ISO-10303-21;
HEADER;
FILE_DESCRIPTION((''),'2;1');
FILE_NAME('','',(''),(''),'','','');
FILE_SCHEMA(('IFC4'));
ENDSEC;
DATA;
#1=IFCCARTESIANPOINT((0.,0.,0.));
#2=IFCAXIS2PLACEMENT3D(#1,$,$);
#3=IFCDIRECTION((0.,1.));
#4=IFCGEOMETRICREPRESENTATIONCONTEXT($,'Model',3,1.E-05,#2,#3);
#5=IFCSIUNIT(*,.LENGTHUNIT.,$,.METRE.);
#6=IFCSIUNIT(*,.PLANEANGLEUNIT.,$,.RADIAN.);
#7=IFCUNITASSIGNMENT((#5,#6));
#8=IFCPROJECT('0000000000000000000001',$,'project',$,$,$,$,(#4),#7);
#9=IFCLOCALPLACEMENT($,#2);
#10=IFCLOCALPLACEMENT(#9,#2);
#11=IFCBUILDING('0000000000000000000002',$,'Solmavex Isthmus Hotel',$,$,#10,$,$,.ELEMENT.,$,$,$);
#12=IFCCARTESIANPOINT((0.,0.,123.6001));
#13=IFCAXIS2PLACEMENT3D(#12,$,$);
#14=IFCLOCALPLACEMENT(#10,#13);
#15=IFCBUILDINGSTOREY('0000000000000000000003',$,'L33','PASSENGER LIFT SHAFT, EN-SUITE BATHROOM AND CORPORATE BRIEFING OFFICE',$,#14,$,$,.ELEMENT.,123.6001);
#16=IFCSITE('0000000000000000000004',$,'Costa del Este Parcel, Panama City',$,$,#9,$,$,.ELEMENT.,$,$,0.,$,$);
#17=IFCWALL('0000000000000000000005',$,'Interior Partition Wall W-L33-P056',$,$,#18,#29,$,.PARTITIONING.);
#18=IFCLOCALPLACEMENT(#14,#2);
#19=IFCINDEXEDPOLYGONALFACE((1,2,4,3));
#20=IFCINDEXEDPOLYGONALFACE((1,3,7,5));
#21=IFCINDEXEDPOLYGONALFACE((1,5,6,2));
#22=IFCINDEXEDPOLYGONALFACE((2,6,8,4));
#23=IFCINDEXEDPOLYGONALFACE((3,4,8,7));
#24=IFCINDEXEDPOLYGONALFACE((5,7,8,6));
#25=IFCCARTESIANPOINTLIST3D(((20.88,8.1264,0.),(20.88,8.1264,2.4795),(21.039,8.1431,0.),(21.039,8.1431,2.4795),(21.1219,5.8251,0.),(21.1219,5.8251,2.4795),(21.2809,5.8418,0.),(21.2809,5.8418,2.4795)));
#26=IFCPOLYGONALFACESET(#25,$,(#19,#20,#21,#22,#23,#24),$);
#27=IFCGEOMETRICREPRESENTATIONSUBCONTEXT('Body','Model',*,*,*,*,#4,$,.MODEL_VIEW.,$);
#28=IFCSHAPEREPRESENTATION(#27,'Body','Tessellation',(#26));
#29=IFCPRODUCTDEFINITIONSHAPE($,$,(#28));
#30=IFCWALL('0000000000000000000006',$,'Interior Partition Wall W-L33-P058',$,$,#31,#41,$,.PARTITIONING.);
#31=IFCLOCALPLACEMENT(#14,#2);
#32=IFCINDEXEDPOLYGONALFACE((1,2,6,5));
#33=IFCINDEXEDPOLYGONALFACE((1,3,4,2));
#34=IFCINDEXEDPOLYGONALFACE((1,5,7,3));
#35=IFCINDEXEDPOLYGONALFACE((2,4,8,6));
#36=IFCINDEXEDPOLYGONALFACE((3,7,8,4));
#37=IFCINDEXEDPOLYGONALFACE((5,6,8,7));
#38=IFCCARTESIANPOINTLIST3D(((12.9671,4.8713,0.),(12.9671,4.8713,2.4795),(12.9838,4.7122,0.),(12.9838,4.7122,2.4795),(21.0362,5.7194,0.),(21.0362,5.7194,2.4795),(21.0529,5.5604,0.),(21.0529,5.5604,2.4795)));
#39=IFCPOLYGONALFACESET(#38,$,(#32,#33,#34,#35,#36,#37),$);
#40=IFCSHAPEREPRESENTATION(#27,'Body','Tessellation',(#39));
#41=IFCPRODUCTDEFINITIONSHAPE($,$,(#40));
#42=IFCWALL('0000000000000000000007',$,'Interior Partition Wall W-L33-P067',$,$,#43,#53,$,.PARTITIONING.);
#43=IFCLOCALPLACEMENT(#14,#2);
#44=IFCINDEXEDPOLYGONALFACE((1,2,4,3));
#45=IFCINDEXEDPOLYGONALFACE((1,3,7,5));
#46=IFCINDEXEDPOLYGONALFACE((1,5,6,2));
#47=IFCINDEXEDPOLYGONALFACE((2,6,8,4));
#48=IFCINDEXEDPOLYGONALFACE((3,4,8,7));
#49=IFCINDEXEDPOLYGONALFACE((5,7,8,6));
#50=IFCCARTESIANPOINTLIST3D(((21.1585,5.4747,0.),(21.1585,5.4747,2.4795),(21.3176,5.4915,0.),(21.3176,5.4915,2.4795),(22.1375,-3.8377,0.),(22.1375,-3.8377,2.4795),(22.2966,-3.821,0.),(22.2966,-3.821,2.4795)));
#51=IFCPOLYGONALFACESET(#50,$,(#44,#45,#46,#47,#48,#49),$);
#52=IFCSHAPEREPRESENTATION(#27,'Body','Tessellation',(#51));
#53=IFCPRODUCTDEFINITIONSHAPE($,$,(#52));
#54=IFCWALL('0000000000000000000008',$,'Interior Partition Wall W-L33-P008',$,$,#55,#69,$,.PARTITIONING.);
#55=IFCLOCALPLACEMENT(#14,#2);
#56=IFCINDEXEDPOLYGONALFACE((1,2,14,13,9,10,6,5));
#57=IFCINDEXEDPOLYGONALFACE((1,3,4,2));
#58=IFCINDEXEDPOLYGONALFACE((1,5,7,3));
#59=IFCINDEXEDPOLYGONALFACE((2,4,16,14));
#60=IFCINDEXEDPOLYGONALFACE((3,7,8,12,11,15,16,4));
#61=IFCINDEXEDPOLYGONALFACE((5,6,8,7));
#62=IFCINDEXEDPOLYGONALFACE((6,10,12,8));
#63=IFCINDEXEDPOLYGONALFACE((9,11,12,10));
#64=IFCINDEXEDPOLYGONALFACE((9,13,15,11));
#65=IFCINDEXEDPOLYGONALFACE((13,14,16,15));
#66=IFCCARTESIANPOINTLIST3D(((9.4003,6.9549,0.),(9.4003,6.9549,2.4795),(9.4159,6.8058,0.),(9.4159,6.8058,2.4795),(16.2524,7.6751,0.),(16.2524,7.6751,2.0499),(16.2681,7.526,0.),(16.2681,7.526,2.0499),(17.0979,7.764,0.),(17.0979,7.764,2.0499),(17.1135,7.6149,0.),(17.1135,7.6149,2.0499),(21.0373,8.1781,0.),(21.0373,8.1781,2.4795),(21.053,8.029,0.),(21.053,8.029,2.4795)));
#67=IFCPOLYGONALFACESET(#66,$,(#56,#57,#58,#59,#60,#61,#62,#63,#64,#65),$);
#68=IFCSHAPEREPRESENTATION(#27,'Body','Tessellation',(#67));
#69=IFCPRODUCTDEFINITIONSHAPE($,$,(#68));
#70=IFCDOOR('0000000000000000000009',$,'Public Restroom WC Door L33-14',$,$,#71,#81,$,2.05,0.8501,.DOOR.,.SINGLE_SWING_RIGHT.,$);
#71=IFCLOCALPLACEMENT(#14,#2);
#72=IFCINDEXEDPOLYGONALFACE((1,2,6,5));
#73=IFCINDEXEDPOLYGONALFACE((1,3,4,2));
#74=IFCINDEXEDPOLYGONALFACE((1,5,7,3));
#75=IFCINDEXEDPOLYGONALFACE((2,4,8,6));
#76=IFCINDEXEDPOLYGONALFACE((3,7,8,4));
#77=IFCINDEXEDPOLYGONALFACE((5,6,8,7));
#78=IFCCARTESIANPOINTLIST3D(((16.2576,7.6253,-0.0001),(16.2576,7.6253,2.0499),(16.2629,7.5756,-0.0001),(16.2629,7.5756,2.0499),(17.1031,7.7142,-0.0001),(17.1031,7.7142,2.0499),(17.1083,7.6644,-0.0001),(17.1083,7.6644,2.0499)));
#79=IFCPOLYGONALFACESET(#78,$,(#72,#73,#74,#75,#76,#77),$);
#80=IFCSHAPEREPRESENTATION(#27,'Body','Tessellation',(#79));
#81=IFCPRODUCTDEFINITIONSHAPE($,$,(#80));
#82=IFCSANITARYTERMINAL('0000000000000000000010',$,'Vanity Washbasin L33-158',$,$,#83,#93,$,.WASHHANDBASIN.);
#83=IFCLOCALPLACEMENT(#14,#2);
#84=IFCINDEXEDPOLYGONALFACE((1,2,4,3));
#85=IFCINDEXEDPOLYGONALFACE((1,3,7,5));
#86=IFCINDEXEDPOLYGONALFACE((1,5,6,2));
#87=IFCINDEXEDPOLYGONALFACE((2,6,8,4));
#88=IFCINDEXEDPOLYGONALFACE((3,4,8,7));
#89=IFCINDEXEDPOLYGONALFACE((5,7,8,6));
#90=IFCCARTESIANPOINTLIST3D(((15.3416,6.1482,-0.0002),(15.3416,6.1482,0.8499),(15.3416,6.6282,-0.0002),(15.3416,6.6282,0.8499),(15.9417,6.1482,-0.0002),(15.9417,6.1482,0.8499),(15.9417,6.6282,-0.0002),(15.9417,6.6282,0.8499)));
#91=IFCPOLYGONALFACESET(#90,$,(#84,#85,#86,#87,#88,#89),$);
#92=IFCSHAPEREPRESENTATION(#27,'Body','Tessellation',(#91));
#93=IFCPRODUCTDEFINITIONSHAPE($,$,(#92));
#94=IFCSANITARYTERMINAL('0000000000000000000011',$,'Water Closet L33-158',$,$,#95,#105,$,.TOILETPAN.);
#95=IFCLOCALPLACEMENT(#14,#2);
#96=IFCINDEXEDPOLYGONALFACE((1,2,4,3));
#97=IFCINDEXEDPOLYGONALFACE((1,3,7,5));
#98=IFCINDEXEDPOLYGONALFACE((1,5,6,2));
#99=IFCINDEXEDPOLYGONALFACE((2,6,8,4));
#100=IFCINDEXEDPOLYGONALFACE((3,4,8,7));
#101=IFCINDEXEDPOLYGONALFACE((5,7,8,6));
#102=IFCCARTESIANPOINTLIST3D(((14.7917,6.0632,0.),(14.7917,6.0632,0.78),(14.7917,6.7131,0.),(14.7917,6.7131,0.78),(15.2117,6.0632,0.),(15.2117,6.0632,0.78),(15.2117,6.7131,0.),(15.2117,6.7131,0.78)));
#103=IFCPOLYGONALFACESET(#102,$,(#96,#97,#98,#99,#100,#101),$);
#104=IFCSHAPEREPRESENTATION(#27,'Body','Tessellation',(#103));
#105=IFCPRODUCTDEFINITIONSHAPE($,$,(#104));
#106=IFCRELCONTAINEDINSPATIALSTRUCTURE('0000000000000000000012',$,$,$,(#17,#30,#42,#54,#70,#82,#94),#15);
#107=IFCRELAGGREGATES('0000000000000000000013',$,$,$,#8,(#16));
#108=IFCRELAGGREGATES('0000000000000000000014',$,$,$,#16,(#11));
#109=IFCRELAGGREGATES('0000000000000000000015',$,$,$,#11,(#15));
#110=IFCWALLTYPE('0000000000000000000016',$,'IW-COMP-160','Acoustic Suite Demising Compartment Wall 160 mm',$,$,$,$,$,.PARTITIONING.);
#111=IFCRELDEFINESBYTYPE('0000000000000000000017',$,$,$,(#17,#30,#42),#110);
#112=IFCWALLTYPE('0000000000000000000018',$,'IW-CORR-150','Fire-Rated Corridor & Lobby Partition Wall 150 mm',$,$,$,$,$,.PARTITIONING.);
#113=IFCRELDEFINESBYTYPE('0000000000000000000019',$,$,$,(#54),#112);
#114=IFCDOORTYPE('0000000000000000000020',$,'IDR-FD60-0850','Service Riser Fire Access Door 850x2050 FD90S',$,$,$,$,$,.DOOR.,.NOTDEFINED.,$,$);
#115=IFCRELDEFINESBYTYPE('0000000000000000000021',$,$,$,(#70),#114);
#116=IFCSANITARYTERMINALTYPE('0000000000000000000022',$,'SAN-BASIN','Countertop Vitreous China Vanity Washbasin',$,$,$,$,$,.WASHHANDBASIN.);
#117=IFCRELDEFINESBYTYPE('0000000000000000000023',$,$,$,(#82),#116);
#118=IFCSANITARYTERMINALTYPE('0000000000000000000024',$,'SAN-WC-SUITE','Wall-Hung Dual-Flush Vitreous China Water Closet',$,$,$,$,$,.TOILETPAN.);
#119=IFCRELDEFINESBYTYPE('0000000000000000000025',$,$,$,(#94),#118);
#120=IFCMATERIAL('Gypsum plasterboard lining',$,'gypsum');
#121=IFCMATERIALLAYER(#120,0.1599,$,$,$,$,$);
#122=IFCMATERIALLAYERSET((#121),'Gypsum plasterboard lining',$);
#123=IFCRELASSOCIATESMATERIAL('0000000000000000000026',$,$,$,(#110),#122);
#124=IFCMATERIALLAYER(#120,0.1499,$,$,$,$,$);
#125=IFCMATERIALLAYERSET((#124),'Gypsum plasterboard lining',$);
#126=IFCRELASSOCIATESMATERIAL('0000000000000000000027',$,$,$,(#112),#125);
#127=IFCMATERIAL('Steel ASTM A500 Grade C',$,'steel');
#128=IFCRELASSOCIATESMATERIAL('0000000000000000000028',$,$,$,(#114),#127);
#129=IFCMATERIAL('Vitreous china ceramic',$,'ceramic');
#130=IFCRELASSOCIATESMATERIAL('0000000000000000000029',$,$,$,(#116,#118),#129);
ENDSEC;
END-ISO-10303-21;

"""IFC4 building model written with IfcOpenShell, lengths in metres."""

from ifc_helpers import new_model, si_unit, direction, frame, frame_2d, origin, origin_2d, place, context, subcontext, project, spatial, rectangle, extrude, material, layer, layer_set, type_object, element, fill, save


model = new_model("IFC4")

# Units and contexts
model_context = context("Model", 3, precision=1e-05, world=origin(), true_north=direction((0.0, 1.0)))
body_context = subcontext(model_context, "Body", "Model", "MODEL_VIEW")
ifc_project = project(units=[si_unit("LENGTHUNIT", "METRE"), si_unit("PLANEANGLEUNIT", "RADIAN")], contexts=[model_context])

# Site, building, storey
site_placement = place(None, origin())
site = spatial("IfcSite", under=ifc_project, at=site_placement, Name="Costa del Este Parcel, Panama City", CompositionType="ELEMENT", RefElevation=0.0)
building_placement = place(site_placement, origin())
building = spatial("IfcBuilding", under=site, at=building_placement, Name="Solmavex Isthmus Hotel", CompositionType="ELEMENT")
storey_placement = place(building_placement, frame((0.0, 0.0, 123.6001)))
storey = spatial("IfcBuildingStorey", under=building, at=storey_placement, Name="L33", Description="PASSENGER LIFT SHAFT, EN-SUITE BATHROOM AND CORPORATE BRIEFING OFFICE", CompositionType="ELEMENT", Elevation=123.6001)

# Walls
ifc_material_1 = material(Name="Gypsum plasterboard lining", Category="gypsum")
ifc_layer_1 = layer(ifc_material_1, 0.1599)
ifc_layer_set_1 = layer_set([ifc_layer_1], Name="Gypsum plasterboard lining")
wall_type_1 = type_object("IfcWallType", Name="IW-COMP-160", Description="Acoustic Suite Demising Compartment Wall 160 mm", PredefinedType="PARTITIONING", material=ifc_layer_set_1)
wall_1_placement = place(storey_placement, frame((20.9595, 8.1348, 0.0), z_axis=(0.0, 0.0, 1.0), x_axis=(0.104558, -0.994519, 0.0)))
element("IfcWall", 1, at=wall_1_placement, inside=storey, type_object=wall_type_1, Name="Interior Partition Wall W-L33-P056", PredefinedType="PARTITIONING", context=body_context, shape_type="SweptSolid", body=[
    extrude(rectangle(XDim=2.314, YDim=0.1599, at=frame_2d((1.157, 0.0))), origin(), (0.0, 0.0, 1.0), 2.4795),
])
wall_2_placement = place(storey_placement, frame((21.0444, 5.6399, 0.0), z_axis=(0.0, 0.0, 1.0), x_axis=(-0.994521, -0.104534, 0.0)))
element("IfcWall", 2, at=wall_2_placement, inside=storey, type_object=wall_type_1, Name="Interior Partition Wall W-L33-P058", PredefinedType="PARTITIONING", context=body_context, shape_type="SweptSolid", body=[
    extrude(rectangle(XDim=8.1135, YDim=0.1599, at=frame_2d((4.0566, 0.0))), origin(), (0.0, 0.0, 1.0), 2.4795),
])
wall_3_placement = place(storey_placement, frame((22.217, -3.8293, 0.0), z_axis=(0.0, 0.0, 1.0), x_axis=(-0.104552, 0.994519, 0.0)))
element("IfcWall", 3, at=wall_3_placement, inside=storey, type_object=wall_type_1, Name="Interior Partition Wall W-L33-P067", PredefinedType="PARTITIONING", context=body_context, shape_type="SweptSolid", body=[
    extrude(rectangle(XDim=9.3638, YDim=0.1599, at=frame_2d((4.6819, 0.0))), origin(), (0.0, 0.0, 1.0), 2.4795),
])

# Wall, opening, door
ifc_layer_2 = layer(ifc_material_1, 0.1499)
ifc_layer_set_2 = layer_set([ifc_layer_2], Name="Gypsum plasterboard lining")
wall_type_2 = type_object("IfcWallType", Name="IW-CORR-150", Description="Fire-Rated Corridor & Lobby Partition Wall 150 mm", PredefinedType="PARTITIONING", material=ifc_layer_set_2)
wall_4_placement = place(storey_placement, frame((21.0452, 8.1035, 0.0), z_axis=(0.0, 0.0, 1.0), x_axis=(-0.994521, -0.104533, 0.0)))
wall_4 = element("IfcWall", 4, at=wall_4_placement, inside=storey, type_object=wall_type_2, Name="Interior Partition Wall W-L33-P008", PredefinedType="PARTITIONING", context=body_context, shape_type="SweptSolid", body=[
    extrude(rectangle(XDim=11.7012, YDim=0.1499, at=frame_2d((5.8506, 0.0))), origin(), (0.0, 0.0, 1.0), 2.4795),
])
opening_placement = place(wall_4_placement, frame((3.9612, 0.0, 0.0)))
opening = element("IfcOpeningElement", 5, at=opening_placement, cuts=wall_4, PredefinedType="OPENING", context=body_context, shape_type="SweptSolid", body=[
    extrude(rectangle(XDim=0.8501, YDim=2.05, at=frame_2d((0.425, 1.0249))), frame((0.0, 0.085, 0.0), z_axis=(0.0, -1.0, 0.0), x_axis=(1.0, 0.0, 0.0)), (0.0, 0.0, 1.0), 0.1699),
])
ifc_material_2 = material(Name="Steel ASTM A500 Grade C", Category="steel")
door_type = type_object("IfcDoorType", Name="IDR-FD60-0850", Description="Service Riser Fire Access Door 850x2050 FD90S", OperationType="NOTDEFINED", PredefinedType="DOOR", material=ifc_material_2)
door_placement = place(opening_placement, frame((0.8501, 0.0, 0.0), z_axis=(0.0, 0.0, 1.0), x_axis=(-1.0, 0.0, 0.0)))
door = element("IfcDoor", 6, at=door_placement, inside=storey, type_object=door_type, Name="Public Restroom WC Door L33-14", OperationType="SINGLE_SWING_RIGHT", OverallHeight=2.05, OverallWidth=0.8501, PredefinedType="DOOR", context=body_context, shape_type="SweptSolid", body=[
    extrude(rectangle(XDim=0.8501, YDim=2.05, at=frame_2d((0.425, 1.0249))), frame((0.0, 0.0249, 0.0), z_axis=(0.0, -1.0, 0.0), x_axis=(1.0, 0.0, 0.0)), (0.0, 0.0, 1.0), 0.05),
])
fill(opening, door)

# Sanitary terminals
ifc_material_3 = material(Name="Vitreous china ceramic", Category="ceramic")
sanitary_terminal_type_1 = type_object("IfcSanitaryTerminalType", Name="SAN-BASIN", Description="Countertop Vitreous China Vanity Washbasin", PredefinedType="WASHHANDBASIN", material=ifc_material_3)
sanitary_terminal_1_placement = place(storey_placement, frame((15.6416, 6.3882, -0.0002), z_axis=(0.0, 0.0, 1.0), x_axis=(1.0, 0.0, 0.0)))
element("IfcSanitaryTerminal", 7, at=sanitary_terminal_1_placement, inside=storey, type_object=sanitary_terminal_type_1, Name="Vanity Washbasin L33-158", PredefinedType="WASHHANDBASIN", context=body_context, shape_type="SweptSolid", body=[
    extrude(rectangle(XDim=0.6001, YDim=0.48, at=origin_2d()), origin(), (0.0, 0.0, 1.0), 0.8501),
])
sanitary_terminal_type_2 = type_object("IfcSanitaryTerminalType", Name="SAN-WC-SUITE", Description="Wall-Hung Dual-Flush Vitreous China Water Closet", PredefinedType="TOILETPAN", material=ifc_material_3)
sanitary_terminal_2_placement = place(storey_placement, frame((15.0017, 6.3882, 0.0), z_axis=(0.0, 0.0, 1.0), x_axis=(1.0, 0.0, 0.0)))
element("IfcSanitaryTerminal", 8, at=sanitary_terminal_2_placement, inside=storey, type_object=sanitary_terminal_type_2, Name="Water Closet L33-158", PredefinedType="TOILETPAN", context=body_context, shape_type="SweptSolid", body=[
    extrude(rectangle(XDim=0.4199, YDim=0.6499, at=origin_2d()), origin(), (0.0, 0.0, 1.0), 0.78),
])

save(model, "model.ifc")
